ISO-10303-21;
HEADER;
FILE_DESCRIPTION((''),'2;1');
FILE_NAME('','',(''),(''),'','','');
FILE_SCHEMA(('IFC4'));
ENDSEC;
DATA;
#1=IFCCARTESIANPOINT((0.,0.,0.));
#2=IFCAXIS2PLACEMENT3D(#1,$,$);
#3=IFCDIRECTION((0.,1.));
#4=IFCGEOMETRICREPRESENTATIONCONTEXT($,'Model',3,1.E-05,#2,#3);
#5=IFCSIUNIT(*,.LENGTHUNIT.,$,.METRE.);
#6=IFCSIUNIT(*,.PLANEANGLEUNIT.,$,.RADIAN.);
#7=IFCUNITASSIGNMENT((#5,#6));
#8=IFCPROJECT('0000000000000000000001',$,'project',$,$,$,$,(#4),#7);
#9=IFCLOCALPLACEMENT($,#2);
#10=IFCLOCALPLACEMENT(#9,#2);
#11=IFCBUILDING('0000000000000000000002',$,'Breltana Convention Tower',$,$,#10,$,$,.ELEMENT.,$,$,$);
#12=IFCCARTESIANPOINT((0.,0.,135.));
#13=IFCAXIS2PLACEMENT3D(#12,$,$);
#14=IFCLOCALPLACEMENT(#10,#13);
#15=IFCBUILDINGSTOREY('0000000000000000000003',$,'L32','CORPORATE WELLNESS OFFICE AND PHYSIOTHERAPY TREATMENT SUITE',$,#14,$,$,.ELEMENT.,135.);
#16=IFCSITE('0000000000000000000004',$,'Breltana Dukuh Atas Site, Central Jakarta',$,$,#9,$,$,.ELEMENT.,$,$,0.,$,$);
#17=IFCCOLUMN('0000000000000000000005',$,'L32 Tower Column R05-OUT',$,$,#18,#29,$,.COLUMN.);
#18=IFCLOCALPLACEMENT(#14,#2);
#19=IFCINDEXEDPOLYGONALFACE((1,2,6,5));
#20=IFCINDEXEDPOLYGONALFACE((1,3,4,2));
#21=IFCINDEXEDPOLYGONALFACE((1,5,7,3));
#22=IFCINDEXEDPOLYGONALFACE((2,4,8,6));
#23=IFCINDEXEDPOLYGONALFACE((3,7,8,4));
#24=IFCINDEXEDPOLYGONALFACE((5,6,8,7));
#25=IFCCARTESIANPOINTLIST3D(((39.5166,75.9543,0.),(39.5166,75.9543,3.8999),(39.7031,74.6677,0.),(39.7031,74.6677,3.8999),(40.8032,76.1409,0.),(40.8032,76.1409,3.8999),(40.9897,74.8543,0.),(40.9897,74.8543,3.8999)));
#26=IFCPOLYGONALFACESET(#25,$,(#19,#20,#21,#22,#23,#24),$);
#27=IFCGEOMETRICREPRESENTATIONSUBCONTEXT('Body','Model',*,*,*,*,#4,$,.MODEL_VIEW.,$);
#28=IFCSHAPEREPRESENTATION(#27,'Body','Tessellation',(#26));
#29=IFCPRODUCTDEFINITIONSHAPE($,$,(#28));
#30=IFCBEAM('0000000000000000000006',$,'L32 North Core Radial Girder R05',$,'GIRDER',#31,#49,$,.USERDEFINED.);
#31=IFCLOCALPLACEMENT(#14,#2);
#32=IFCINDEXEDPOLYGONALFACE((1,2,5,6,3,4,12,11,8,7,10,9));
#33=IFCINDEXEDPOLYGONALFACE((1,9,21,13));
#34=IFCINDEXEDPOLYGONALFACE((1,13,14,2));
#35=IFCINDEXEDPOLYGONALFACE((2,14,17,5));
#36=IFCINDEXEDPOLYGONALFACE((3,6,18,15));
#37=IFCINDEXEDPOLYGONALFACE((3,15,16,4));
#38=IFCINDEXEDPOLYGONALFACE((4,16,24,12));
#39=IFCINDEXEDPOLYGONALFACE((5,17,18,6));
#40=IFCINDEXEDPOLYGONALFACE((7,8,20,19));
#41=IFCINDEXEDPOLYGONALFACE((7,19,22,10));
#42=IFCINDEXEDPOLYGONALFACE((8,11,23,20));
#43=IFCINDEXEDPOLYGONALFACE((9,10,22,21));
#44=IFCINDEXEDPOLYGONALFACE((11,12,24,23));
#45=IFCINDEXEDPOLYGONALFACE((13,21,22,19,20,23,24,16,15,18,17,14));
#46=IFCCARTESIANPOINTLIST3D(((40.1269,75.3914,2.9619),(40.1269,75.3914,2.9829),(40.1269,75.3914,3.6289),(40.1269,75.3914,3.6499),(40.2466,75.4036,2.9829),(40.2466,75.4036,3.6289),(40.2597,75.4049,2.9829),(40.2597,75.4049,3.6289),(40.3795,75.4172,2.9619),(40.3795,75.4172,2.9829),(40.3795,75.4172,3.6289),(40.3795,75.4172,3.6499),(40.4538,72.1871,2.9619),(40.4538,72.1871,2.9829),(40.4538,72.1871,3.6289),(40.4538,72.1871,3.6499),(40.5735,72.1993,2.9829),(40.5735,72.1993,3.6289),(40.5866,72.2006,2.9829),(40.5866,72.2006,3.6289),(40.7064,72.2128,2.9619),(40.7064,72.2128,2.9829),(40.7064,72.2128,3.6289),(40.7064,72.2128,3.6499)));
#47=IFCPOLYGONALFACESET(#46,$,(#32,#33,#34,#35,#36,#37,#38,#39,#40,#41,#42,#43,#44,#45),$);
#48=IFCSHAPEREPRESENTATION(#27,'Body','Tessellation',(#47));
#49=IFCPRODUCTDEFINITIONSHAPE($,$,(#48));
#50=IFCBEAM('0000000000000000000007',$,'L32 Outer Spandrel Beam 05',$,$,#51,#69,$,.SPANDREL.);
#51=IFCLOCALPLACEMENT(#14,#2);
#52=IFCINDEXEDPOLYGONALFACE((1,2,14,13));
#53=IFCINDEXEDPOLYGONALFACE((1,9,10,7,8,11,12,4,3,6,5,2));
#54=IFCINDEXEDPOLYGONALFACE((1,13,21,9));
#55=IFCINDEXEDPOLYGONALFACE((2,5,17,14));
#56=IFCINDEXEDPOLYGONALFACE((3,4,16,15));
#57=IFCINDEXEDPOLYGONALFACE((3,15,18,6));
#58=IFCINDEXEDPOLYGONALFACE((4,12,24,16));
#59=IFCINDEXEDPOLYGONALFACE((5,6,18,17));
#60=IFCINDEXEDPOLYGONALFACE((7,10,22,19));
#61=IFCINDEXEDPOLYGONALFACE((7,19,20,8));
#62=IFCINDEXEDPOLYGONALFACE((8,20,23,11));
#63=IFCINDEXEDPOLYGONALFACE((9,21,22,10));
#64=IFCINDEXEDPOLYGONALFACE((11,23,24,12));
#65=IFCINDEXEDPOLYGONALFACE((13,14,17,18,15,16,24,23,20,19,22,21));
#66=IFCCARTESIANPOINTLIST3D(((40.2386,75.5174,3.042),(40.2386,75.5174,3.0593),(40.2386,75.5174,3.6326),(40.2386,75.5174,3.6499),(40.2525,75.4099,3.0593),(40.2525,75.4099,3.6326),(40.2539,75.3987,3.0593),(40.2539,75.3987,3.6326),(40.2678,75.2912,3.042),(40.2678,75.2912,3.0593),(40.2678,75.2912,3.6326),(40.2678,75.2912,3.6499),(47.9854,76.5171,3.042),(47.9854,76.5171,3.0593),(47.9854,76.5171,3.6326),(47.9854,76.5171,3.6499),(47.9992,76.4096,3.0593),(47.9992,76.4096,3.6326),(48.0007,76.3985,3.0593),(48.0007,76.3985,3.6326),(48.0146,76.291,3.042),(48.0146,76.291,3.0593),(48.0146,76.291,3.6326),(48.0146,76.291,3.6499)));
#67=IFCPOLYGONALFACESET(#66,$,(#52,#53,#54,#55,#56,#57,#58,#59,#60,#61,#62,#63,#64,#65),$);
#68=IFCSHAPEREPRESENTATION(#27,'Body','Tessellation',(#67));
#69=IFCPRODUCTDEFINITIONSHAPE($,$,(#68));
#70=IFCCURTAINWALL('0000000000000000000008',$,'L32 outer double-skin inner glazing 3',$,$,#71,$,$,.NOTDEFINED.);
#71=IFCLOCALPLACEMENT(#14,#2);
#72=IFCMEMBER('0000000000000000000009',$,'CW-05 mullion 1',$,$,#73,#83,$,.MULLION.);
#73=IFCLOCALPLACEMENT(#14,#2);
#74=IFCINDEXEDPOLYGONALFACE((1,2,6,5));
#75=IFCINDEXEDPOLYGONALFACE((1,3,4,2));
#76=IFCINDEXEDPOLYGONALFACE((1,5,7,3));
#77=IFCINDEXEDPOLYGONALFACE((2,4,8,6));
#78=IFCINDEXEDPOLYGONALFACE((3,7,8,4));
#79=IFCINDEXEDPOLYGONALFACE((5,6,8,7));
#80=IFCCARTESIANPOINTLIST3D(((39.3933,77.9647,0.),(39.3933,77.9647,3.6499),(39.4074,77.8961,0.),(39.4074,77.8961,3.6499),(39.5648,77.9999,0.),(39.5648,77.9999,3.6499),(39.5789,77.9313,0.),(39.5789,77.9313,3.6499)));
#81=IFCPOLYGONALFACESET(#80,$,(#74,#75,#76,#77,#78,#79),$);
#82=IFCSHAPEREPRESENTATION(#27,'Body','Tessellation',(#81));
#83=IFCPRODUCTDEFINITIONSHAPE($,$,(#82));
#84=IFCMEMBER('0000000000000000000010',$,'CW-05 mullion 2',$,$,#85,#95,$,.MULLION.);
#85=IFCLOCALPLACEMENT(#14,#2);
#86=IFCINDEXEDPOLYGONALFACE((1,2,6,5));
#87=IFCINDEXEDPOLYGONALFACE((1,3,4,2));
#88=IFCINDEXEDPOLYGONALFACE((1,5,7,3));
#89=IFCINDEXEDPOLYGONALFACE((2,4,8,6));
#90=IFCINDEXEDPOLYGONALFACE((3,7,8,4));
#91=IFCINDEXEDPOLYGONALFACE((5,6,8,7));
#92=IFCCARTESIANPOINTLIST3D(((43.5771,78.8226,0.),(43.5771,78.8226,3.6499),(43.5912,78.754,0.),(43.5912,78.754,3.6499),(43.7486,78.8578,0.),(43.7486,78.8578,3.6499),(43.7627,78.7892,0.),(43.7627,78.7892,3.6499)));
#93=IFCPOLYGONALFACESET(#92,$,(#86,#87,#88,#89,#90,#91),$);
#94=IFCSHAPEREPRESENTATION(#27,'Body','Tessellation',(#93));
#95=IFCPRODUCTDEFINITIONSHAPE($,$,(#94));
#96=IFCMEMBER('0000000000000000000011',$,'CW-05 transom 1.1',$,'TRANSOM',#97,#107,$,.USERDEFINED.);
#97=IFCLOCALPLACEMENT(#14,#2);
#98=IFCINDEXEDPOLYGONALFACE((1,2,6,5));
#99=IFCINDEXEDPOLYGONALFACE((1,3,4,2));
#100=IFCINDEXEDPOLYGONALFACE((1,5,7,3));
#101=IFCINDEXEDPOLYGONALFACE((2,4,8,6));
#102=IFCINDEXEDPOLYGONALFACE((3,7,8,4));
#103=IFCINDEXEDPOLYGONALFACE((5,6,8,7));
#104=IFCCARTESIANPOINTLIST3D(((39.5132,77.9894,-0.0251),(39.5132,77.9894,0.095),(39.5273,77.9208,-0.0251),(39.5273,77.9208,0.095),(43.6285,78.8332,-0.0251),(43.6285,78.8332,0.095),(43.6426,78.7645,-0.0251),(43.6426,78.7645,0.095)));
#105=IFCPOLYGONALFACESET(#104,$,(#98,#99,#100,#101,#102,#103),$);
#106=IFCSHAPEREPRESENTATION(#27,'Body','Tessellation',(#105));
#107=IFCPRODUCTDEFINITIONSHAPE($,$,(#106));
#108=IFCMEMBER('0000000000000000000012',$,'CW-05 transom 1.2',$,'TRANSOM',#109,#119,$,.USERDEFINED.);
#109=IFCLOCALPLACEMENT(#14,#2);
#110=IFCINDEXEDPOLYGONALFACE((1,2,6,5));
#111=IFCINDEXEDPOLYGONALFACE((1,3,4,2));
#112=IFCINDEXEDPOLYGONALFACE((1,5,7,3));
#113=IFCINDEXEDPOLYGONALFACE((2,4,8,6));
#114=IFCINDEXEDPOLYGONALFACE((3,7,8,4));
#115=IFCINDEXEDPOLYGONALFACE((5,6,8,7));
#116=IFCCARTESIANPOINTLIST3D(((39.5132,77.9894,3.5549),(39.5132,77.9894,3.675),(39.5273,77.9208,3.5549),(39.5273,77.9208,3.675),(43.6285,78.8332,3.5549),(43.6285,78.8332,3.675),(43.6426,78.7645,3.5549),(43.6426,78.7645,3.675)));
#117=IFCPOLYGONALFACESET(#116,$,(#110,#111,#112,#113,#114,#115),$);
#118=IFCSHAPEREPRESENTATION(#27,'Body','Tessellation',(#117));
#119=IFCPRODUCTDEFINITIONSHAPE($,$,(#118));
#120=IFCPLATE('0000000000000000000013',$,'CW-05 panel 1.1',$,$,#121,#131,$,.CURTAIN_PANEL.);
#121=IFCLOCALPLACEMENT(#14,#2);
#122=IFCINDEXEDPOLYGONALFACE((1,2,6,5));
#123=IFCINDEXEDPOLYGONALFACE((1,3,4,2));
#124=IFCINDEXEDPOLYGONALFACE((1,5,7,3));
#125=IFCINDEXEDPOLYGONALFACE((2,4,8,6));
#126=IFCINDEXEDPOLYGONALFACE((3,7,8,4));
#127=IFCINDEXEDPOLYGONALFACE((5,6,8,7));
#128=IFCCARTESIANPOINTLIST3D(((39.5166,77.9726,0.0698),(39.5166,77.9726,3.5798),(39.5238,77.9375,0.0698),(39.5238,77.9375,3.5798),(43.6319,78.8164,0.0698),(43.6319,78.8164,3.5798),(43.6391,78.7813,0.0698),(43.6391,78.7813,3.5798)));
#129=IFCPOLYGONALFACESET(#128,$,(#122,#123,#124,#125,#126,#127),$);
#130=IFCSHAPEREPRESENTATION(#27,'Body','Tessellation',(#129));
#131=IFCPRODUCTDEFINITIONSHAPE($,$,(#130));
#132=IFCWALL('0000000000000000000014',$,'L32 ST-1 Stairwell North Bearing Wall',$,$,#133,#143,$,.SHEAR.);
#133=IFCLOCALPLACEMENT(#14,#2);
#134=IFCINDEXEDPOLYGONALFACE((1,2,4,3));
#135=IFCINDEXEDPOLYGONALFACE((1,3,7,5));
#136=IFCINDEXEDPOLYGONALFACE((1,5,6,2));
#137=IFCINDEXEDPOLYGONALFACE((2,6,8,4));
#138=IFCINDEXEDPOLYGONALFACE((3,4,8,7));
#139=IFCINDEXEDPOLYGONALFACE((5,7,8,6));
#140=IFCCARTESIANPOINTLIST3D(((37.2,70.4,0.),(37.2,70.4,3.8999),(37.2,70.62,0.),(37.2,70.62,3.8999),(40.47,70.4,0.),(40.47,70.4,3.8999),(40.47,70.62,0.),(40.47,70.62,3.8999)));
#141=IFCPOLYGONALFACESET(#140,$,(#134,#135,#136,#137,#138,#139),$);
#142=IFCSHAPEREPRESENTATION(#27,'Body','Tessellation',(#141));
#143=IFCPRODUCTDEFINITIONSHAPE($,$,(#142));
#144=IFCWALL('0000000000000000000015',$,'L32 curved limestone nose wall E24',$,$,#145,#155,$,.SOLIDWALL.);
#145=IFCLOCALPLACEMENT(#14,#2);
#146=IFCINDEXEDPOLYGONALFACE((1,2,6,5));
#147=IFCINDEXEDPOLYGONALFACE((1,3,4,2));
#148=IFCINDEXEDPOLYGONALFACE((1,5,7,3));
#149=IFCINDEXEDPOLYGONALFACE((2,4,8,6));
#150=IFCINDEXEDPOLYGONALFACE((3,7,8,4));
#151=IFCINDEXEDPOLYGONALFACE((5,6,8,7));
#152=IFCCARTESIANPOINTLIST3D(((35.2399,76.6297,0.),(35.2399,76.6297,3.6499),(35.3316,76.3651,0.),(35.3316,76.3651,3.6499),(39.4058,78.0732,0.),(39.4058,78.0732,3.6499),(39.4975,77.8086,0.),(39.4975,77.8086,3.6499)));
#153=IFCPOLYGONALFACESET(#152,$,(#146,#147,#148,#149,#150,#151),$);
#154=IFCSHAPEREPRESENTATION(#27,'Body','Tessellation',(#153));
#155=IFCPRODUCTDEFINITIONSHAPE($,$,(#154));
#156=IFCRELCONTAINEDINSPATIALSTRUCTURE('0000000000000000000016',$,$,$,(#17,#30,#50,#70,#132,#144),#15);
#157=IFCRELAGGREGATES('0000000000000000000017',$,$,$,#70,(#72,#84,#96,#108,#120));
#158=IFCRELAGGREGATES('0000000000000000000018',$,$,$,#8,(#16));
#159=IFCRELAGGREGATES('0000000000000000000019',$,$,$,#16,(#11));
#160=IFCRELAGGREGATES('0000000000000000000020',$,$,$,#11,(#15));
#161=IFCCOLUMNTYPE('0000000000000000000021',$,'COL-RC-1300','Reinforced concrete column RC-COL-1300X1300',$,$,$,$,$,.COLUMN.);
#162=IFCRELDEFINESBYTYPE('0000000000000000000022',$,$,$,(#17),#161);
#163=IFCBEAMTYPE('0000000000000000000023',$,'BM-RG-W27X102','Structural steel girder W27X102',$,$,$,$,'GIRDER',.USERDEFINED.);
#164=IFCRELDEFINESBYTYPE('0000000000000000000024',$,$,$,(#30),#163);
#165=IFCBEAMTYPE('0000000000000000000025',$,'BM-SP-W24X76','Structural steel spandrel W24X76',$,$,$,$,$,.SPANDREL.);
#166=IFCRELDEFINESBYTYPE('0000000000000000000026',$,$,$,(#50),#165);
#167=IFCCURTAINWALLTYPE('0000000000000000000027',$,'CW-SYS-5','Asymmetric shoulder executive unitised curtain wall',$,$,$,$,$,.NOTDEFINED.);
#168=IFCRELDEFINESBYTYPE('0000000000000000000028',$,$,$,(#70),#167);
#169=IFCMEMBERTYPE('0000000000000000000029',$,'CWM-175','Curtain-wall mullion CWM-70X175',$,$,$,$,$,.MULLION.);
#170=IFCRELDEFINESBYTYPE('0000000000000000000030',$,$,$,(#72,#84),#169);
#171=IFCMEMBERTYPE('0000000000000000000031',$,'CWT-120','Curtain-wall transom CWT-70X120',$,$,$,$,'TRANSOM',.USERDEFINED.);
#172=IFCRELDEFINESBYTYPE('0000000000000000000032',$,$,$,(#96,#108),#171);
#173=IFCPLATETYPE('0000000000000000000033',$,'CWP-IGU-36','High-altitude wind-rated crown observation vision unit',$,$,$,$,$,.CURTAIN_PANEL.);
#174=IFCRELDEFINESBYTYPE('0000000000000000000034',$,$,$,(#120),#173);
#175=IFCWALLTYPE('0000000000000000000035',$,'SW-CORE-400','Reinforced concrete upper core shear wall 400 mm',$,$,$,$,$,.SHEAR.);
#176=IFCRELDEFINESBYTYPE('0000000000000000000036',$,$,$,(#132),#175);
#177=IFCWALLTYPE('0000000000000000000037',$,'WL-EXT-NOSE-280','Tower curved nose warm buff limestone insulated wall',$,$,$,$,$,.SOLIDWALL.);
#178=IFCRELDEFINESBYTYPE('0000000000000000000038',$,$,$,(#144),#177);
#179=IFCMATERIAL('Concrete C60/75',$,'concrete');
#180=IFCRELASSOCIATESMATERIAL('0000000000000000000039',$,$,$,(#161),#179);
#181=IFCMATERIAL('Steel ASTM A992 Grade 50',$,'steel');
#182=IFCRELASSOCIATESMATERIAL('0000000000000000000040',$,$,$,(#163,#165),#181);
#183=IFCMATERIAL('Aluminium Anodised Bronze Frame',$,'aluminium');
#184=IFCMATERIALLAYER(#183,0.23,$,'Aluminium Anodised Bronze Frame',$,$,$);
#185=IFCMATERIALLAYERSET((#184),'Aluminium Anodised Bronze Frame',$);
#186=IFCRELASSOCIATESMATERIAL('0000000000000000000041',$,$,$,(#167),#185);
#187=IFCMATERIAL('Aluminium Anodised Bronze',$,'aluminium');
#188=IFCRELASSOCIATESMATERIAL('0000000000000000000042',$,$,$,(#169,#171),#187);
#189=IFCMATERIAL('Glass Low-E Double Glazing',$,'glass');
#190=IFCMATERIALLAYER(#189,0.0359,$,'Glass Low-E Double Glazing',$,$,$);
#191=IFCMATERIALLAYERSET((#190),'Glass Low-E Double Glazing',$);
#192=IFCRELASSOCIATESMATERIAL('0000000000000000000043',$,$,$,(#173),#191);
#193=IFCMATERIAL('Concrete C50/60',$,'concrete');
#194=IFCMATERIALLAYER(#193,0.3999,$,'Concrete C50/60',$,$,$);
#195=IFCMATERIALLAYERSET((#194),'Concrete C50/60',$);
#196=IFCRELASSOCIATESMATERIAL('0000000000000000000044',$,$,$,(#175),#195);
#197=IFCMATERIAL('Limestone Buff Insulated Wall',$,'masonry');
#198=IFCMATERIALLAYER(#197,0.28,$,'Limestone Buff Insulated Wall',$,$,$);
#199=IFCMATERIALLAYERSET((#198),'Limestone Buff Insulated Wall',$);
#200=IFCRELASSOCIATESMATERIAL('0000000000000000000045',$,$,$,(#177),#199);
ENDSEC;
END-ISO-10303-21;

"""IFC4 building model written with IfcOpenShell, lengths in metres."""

from ifc_helpers import new_model, si_unit, direction, frame, frame_2d, origin, origin_2d, place, context, subcontext, project, spatial, rectangle, i_section, extrude, source, transform, mapped, material, layer, layer_set, material_profile, profile_set, type_object, element, aggregate, save


model = new_model("IFC4")

# Units and contexts
model_context = context("Model", 3, precision=1e-05, world=origin(), true_north=direction((0.0, 1.0)))
body_context = subcontext(model_context, "Body", "Model", "MODEL_VIEW")
ifc_project = project(units=[si_unit("LENGTHUNIT", "METRE"), si_unit("PLANEANGLEUNIT", "RADIAN")], contexts=[model_context])

# Site, building, storey
site_placement = place(None, origin())
site = spatial("IfcSite", under=ifc_project, at=site_placement, Name="Breltana Dukuh Atas Site, Central Jakarta", CompositionType="ELEMENT", RefElevation=0.0)
building_placement = place(site_placement, origin())
building = spatial("IfcBuilding", under=site, at=building_placement, Name="Breltana Convention Tower", CompositionType="ELEMENT")
storey_placement = place(building_placement, frame((0.0, 0.0, 135.0)))
storey = spatial("IfcBuildingStorey", under=building, at=storey_placement, Name="L32", Description="CORPORATE WELLNESS OFFICE AND PHYSIOTHERAPY TREATMENT SUITE", CompositionType="ELEMENT", Elevation=135.0)

# Column
ifc_material_1 = material(Name="Concrete C60/75", Category="concrete")
ifc_material_profile_1 = material_profile(ifc_material_1, rectangle(XDim=1.3, YDim=1.3, at=origin_2d()), Name="RC-COL-1300X1300")
ifc_profile_set_1 = profile_set([ifc_material_profile_1], Name="Concrete C60/75")
column_type = type_object("IfcColumnType", Name="COL-RC-1300", Description="Reinforced concrete column RC-COL-1300X1300", PredefinedType="COLUMN", material=ifc_profile_set_1)
shared_shape_1 = source(origin(), body_context, "Body", "SweptSolid", [
    extrude(rectangle(XDim=1.3, YDim=1.3, at=origin_2d()), origin(), (0.0, 0.0, 1.0), 3.8999),
])
column_placement = place(storey_placement, frame((40.2532, 75.4043, 0.0), z_axis=(0.0, 0.0, 1.0), x_axis=(-0.143493, 0.989651, 0.0)))
element("IfcColumn", 1, at=column_placement, inside=storey, type_object=column_type, Name="L32 Tower Column R05-OUT", PredefinedType="COLUMN", context=body_context, shape_type="MappedRepresentation", body=[
    mapped(shared_shape_1, transform((0.0, 0.0, 0.0), scale=1.0)),
])

# Beams
ifc_material_2 = material(Name="Steel ASTM A992 Grade 50", Category="steel")
ifc_material_profile_2 = material_profile(ifc_material_2, i_section(OverallWidth=0.2539, OverallDepth=0.688, WebThickness=0.0132, FlangeThickness=0.021, at=origin_2d()), Name="W27X102")
ifc_profile_set_2 = profile_set([ifc_material_profile_2], Name="Steel ASTM A992 Grade 50")
beam_type_1 = type_object("IfcBeamType", Name="BM-RG-W27X102", Description="Structural steel girder W27X102", ElementType="GIRDER", PredefinedType="USERDEFINED", material=ifc_profile_set_2)
shared_shape_2 = source(origin(), body_context, "Body", "SweptSolid", [
    extrude(i_section(OverallWidth=0.2539, OverallDepth=0.688, WebThickness=0.0132, FlangeThickness=0.021, at=origin_2d()), origin(), (0.0, 0.0, 1.0), 3.2209),
])
beam_1_placement = place(storey_placement, frame((40.5801, 72.2, 3.3059), z_axis=(-0.101492, 0.994836, 0.0), x_axis=(-0.994836, -0.101492, 0.0)))
element("IfcBeam", 2, at=beam_1_placement, inside=storey, type_object=beam_type_1, Name="L32 North Core Radial Girder R05", ObjectType="GIRDER", PredefinedType="USERDEFINED", context=body_context, shape_type="MappedRepresentation", body=[
    mapped(shared_shape_2, transform((0.0, 0.0, 0.0), scale=1.0)),
])
ifc_material_profile_3 = material_profile(ifc_material_2, i_section(OverallWidth=0.228, OverallDepth=0.6079, WebThickness=0.0112, FlangeThickness=0.0173, at=origin_2d()), Name="W24X76")
ifc_profile_set_3 = profile_set([ifc_material_profile_3], Name="Steel ASTM A992 Grade 50")
beam_type_2 = type_object("IfcBeamType", Name="BM-SP-W24X76", Description="Structural steel spandrel W24X76", PredefinedType="SPANDREL", material=ifc_profile_set_3)
shared_shape_3 = source(origin(), body_context, "Body", "SweptSolid", [
    extrude(i_section(OverallWidth=0.228, OverallDepth=0.6079, WebThickness=0.0112, FlangeThickness=0.0173, at=origin_2d()), origin(), (0.0, 0.0, 1.0), 7.811),
])
beam_2_placement = place(storey_placement, frame((40.2532, 75.4043, 3.3459), z_axis=(0.991775, 0.127992, 0.0), x_axis=(-0.127992, 0.991775, 0.0)))
element("IfcBeam", 3, at=beam_2_placement, inside=storey, type_object=beam_type_2, Name="L32 Outer Spandrel Beam 05", PredefinedType="SPANDREL", context=body_context, shape_type="MappedRepresentation", body=[
    mapped(shared_shape_3, transform((0.0, 0.0, 0.0), scale=1.0)),
])

# Curtain wall, members, plate
ifc_material_3 = material(Name="Aluminium Anodised Bronze Frame", Category="aluminium")
ifc_layer_1 = layer(ifc_material_3, 0.23, Name="Aluminium Anodised Bronze Frame")
ifc_layer_set_1 = layer_set([ifc_layer_1], Name="Aluminium Anodised Bronze Frame")
curtain_wall_type = type_object("IfcCurtainWallType", Name="CW-SYS-5", Description="Asymmetric shoulder executive unitised curtain wall", PredefinedType="NOTDEFINED", material=ifc_layer_set_1)
curtain_wall_placement = place(storey_placement, origin())
curtain_wall = element("IfcCurtainWall", 4, at=curtain_wall_placement, inside=storey, type_object=curtain_wall_type, Name="L32 outer double-skin inner glazing 3", PredefinedType="NOTDEFINED")
ifc_material_4 = material(Name="Aluminium Anodised Bronze", Category="aluminium")
ifc_material_profile_4 = material_profile(ifc_material_4, rectangle(XDim=0.0701, YDim=0.175, at=origin_2d()), Name="CWM-70X175")
ifc_profile_set_4 = profile_set([ifc_material_profile_4], Name="Aluminium Anodised Bronze")
member_type_1 = type_object("IfcMemberType", Name="CWM-175", Description="Curtain-wall mullion CWM-70X175", PredefinedType="MULLION", material=ifc_profile_set_4)
shared_shape_4 = source(origin(), body_context, "Body", "SweptSolid", [
    extrude(rectangle(XDim=0.0701, YDim=0.175, at=origin_2d()), origin(), (0.0, 0.0, 1.0), 3.6499),
])
member_1_placement = place(storey_placement, frame((39.4861, 77.948, 0.0), z_axis=(0.0, 0.0, 1.0), x_axis=(-0.200859, 0.97962, 0.0)))
member_1 = element("IfcMember", 5, at=member_1_placement, type_object=member_type_1, Name="CW-05 mullion 1", PredefinedType="MULLION", context=body_context, shape_type="MappedRepresentation", body=[
    mapped(shared_shape_4, transform((0.0, 0.0, 0.0), scale=1.0)),
])
member_2_placement = place(storey_placement, frame((43.6699, 78.8059, 0.0), z_axis=(0.0, 0.0, 1.0), x_axis=(-0.200859, 0.97962, 0.0)))
member_2 = element("IfcMember", 6, at=member_2_placement, type_object=member_type_1, Name="CW-05 mullion 2", PredefinedType="MULLION", context=body_context, shape_type="MappedRepresentation", body=[
    mapped(shared_shape_4, transform((0.0, 0.0, 0.0), scale=1.0)),
])
ifc_material_profile_5 = material_profile(ifc_material_4, rectangle(XDim=0.0701, YDim=0.1201, at=origin_2d()), Name="CWT-70X120")
ifc_profile_set_5 = profile_set([ifc_material_profile_5], Name="Aluminium Anodised Bronze")
member_type_2 = type_object("IfcMemberType", Name="CWT-120", Description="Curtain-wall transom CWT-70X120", ElementType="TRANSOM", PredefinedType="USERDEFINED", material=ifc_profile_set_5)
shared_shape_5 = source(origin(), body_context, "Body", "SweptSolid", [
    extrude(rectangle(XDim=0.0701, YDim=0.1201, at=origin_2d()), origin(), (0.0, 0.0, 1.0), 4.2009),
])
member_3_placement = place(storey_placement, frame((39.5203, 77.9551, 0.0349), z_axis=(0.979621, 0.200853, 0.0), x_axis=(-0.200853, 0.979621, 0.0)))
member_3 = element("IfcMember", 7, at=member_3_placement, type_object=member_type_2, Name="CW-05 transom 1.1", ObjectType="TRANSOM", PredefinedType="USERDEFINED", context=body_context, shape_type="MappedRepresentation", body=[
    mapped(shared_shape_5, transform((0.0, 0.0, 0.0), scale=1.0)),
])
member_4_placement = place(storey_placement, frame((39.5203, 77.9551, 3.615), z_axis=(0.979621, 0.200853, 0.0), x_axis=(-0.200853, 0.979621, 0.0)))
member_4 = element("IfcMember", 8, at=member_4_placement, type_object=member_type_2, Name="CW-05 transom 1.2", ObjectType="TRANSOM", PredefinedType="USERDEFINED", context=body_context, shape_type="MappedRepresentation", body=[
    mapped(shared_shape_5, transform((0.0, 0.0, 0.0), scale=1.0)),
])
ifc_material_5 = material(Name="Glass Low-E Double Glazing", Category="glass")
ifc_layer_2 = layer(ifc_material_5, 0.0359, Name="Glass Low-E Double Glazing")
ifc_layer_set_2 = layer_set([ifc_layer_2], Name="Glass Low-E Double Glazing")
plate_type = type_object("IfcPlateType", Name="CWP-IGU-36", Description="High-altitude wind-rated crown observation vision unit", PredefinedType="CURTAIN_PANEL", material=ifc_layer_set_2)
shared_shape_6 = source(origin(), body_context, "Body", "SweptSolid", [
    extrude(rectangle(XDim=4.2009, YDim=0.0359, at=origin_2d()), origin(), (0.0, 0.0, 1.0), 3.51),
])
plate_placement = place(storey_placement, frame((41.5779, 78.377, 0.0698), z_axis=(0.0, 0.0, 1.0), x_axis=(0.97962, 0.200859, 0.0)))
plate = element("IfcPlate", 9, at=plate_placement, type_object=plate_type, Name="CW-05 panel 1.1", PredefinedType="CURTAIN_PANEL", context=body_context, shape_type="MappedRepresentation", body=[
    mapped(shared_shape_6, transform((0.0, 0.0, 0.0), scale=1.0)),
])
aggregate(curtain_wall, [member_1, member_2, member_3, member_4, plate])

# Walls
ifc_material_6 = material(Name="Concrete C50/60", Category="concrete")
ifc_layer_3 = layer(ifc_material_6, 0.3999, Name="Concrete C50/60")
ifc_layer_set_3 = layer_set([ifc_layer_3], Name="Concrete C50/60")
wall_type_1 = type_object("IfcWallType", Name="SW-CORE-400", Description="Reinforced concrete upper core shear wall 400 mm", PredefinedType="SHEAR", material=ifc_layer_set_3)
shared_shape_7 = source(origin(), body_context, "Body", "SweptSolid", [
    extrude(rectangle(XDim=3.27, YDim=0.22, at=frame_2d((1.635, 0.0))), origin(), (0.0, 0.0, 1.0), 3.8999),
])
wall_1_placement = place(storey_placement, frame((37.2, 70.51, 0.0), z_axis=(0.0, 0.0, 1.0), x_axis=(1.0, 0.0, 0.0)))
element("IfcWall", 10, at=wall_1_placement, inside=storey, type_object=wall_type_1, Name="L32 ST-1 Stairwell North Bearing Wall", PredefinedType="SHEAR", context=body_context, shape_type="MappedRepresentation", body=[
    mapped(shared_shape_7, transform((0.0, 0.0, 0.0), scale=1.0)),
])
ifc_material_7 = material(Name="Limestone Buff Insulated Wall", Category="masonry")
ifc_layer_4 = layer(ifc_material_7, 0.28, Name="Limestone Buff Insulated Wall")
ifc_layer_set_4 = layer_set([ifc_layer_4], Name="Limestone Buff Insulated Wall")
wall_type_2 = type_object("IfcWallType", Name="WL-EXT-NOSE-280", Description="Tower curved nose warm buff limestone insulated wall", PredefinedType="SOLIDWALL", material=ifc_layer_set_4)
shared_shape_8 = source(origin(), body_context, "Body", "SweptSolid", [
    extrude(rectangle(XDim=4.4089, YDim=0.28, at=frame_2d((2.2046, 0.0))), origin(), (0.0, 0.0, 1.0), 3.6499),
])
wall_2_placement = place(storey_placement, frame((35.2856, 76.4973, 0.0), z_axis=(0.0, 0.0, 1.0), x_axis=(0.944879, 0.327419, 0.0)))
element("IfcWall", 11, at=wall_2_placement, inside=storey, type_object=wall_type_2, Name="L32 curved limestone nose wall E24", PredefinedType="SOLIDWALL", context=body_context, shape_type="MappedRepresentation", body=[
    mapped(shared_shape_8, transform((0.0, 0.0, 0.0), scale=1.0)),
])

save(model, "model.ifc")
